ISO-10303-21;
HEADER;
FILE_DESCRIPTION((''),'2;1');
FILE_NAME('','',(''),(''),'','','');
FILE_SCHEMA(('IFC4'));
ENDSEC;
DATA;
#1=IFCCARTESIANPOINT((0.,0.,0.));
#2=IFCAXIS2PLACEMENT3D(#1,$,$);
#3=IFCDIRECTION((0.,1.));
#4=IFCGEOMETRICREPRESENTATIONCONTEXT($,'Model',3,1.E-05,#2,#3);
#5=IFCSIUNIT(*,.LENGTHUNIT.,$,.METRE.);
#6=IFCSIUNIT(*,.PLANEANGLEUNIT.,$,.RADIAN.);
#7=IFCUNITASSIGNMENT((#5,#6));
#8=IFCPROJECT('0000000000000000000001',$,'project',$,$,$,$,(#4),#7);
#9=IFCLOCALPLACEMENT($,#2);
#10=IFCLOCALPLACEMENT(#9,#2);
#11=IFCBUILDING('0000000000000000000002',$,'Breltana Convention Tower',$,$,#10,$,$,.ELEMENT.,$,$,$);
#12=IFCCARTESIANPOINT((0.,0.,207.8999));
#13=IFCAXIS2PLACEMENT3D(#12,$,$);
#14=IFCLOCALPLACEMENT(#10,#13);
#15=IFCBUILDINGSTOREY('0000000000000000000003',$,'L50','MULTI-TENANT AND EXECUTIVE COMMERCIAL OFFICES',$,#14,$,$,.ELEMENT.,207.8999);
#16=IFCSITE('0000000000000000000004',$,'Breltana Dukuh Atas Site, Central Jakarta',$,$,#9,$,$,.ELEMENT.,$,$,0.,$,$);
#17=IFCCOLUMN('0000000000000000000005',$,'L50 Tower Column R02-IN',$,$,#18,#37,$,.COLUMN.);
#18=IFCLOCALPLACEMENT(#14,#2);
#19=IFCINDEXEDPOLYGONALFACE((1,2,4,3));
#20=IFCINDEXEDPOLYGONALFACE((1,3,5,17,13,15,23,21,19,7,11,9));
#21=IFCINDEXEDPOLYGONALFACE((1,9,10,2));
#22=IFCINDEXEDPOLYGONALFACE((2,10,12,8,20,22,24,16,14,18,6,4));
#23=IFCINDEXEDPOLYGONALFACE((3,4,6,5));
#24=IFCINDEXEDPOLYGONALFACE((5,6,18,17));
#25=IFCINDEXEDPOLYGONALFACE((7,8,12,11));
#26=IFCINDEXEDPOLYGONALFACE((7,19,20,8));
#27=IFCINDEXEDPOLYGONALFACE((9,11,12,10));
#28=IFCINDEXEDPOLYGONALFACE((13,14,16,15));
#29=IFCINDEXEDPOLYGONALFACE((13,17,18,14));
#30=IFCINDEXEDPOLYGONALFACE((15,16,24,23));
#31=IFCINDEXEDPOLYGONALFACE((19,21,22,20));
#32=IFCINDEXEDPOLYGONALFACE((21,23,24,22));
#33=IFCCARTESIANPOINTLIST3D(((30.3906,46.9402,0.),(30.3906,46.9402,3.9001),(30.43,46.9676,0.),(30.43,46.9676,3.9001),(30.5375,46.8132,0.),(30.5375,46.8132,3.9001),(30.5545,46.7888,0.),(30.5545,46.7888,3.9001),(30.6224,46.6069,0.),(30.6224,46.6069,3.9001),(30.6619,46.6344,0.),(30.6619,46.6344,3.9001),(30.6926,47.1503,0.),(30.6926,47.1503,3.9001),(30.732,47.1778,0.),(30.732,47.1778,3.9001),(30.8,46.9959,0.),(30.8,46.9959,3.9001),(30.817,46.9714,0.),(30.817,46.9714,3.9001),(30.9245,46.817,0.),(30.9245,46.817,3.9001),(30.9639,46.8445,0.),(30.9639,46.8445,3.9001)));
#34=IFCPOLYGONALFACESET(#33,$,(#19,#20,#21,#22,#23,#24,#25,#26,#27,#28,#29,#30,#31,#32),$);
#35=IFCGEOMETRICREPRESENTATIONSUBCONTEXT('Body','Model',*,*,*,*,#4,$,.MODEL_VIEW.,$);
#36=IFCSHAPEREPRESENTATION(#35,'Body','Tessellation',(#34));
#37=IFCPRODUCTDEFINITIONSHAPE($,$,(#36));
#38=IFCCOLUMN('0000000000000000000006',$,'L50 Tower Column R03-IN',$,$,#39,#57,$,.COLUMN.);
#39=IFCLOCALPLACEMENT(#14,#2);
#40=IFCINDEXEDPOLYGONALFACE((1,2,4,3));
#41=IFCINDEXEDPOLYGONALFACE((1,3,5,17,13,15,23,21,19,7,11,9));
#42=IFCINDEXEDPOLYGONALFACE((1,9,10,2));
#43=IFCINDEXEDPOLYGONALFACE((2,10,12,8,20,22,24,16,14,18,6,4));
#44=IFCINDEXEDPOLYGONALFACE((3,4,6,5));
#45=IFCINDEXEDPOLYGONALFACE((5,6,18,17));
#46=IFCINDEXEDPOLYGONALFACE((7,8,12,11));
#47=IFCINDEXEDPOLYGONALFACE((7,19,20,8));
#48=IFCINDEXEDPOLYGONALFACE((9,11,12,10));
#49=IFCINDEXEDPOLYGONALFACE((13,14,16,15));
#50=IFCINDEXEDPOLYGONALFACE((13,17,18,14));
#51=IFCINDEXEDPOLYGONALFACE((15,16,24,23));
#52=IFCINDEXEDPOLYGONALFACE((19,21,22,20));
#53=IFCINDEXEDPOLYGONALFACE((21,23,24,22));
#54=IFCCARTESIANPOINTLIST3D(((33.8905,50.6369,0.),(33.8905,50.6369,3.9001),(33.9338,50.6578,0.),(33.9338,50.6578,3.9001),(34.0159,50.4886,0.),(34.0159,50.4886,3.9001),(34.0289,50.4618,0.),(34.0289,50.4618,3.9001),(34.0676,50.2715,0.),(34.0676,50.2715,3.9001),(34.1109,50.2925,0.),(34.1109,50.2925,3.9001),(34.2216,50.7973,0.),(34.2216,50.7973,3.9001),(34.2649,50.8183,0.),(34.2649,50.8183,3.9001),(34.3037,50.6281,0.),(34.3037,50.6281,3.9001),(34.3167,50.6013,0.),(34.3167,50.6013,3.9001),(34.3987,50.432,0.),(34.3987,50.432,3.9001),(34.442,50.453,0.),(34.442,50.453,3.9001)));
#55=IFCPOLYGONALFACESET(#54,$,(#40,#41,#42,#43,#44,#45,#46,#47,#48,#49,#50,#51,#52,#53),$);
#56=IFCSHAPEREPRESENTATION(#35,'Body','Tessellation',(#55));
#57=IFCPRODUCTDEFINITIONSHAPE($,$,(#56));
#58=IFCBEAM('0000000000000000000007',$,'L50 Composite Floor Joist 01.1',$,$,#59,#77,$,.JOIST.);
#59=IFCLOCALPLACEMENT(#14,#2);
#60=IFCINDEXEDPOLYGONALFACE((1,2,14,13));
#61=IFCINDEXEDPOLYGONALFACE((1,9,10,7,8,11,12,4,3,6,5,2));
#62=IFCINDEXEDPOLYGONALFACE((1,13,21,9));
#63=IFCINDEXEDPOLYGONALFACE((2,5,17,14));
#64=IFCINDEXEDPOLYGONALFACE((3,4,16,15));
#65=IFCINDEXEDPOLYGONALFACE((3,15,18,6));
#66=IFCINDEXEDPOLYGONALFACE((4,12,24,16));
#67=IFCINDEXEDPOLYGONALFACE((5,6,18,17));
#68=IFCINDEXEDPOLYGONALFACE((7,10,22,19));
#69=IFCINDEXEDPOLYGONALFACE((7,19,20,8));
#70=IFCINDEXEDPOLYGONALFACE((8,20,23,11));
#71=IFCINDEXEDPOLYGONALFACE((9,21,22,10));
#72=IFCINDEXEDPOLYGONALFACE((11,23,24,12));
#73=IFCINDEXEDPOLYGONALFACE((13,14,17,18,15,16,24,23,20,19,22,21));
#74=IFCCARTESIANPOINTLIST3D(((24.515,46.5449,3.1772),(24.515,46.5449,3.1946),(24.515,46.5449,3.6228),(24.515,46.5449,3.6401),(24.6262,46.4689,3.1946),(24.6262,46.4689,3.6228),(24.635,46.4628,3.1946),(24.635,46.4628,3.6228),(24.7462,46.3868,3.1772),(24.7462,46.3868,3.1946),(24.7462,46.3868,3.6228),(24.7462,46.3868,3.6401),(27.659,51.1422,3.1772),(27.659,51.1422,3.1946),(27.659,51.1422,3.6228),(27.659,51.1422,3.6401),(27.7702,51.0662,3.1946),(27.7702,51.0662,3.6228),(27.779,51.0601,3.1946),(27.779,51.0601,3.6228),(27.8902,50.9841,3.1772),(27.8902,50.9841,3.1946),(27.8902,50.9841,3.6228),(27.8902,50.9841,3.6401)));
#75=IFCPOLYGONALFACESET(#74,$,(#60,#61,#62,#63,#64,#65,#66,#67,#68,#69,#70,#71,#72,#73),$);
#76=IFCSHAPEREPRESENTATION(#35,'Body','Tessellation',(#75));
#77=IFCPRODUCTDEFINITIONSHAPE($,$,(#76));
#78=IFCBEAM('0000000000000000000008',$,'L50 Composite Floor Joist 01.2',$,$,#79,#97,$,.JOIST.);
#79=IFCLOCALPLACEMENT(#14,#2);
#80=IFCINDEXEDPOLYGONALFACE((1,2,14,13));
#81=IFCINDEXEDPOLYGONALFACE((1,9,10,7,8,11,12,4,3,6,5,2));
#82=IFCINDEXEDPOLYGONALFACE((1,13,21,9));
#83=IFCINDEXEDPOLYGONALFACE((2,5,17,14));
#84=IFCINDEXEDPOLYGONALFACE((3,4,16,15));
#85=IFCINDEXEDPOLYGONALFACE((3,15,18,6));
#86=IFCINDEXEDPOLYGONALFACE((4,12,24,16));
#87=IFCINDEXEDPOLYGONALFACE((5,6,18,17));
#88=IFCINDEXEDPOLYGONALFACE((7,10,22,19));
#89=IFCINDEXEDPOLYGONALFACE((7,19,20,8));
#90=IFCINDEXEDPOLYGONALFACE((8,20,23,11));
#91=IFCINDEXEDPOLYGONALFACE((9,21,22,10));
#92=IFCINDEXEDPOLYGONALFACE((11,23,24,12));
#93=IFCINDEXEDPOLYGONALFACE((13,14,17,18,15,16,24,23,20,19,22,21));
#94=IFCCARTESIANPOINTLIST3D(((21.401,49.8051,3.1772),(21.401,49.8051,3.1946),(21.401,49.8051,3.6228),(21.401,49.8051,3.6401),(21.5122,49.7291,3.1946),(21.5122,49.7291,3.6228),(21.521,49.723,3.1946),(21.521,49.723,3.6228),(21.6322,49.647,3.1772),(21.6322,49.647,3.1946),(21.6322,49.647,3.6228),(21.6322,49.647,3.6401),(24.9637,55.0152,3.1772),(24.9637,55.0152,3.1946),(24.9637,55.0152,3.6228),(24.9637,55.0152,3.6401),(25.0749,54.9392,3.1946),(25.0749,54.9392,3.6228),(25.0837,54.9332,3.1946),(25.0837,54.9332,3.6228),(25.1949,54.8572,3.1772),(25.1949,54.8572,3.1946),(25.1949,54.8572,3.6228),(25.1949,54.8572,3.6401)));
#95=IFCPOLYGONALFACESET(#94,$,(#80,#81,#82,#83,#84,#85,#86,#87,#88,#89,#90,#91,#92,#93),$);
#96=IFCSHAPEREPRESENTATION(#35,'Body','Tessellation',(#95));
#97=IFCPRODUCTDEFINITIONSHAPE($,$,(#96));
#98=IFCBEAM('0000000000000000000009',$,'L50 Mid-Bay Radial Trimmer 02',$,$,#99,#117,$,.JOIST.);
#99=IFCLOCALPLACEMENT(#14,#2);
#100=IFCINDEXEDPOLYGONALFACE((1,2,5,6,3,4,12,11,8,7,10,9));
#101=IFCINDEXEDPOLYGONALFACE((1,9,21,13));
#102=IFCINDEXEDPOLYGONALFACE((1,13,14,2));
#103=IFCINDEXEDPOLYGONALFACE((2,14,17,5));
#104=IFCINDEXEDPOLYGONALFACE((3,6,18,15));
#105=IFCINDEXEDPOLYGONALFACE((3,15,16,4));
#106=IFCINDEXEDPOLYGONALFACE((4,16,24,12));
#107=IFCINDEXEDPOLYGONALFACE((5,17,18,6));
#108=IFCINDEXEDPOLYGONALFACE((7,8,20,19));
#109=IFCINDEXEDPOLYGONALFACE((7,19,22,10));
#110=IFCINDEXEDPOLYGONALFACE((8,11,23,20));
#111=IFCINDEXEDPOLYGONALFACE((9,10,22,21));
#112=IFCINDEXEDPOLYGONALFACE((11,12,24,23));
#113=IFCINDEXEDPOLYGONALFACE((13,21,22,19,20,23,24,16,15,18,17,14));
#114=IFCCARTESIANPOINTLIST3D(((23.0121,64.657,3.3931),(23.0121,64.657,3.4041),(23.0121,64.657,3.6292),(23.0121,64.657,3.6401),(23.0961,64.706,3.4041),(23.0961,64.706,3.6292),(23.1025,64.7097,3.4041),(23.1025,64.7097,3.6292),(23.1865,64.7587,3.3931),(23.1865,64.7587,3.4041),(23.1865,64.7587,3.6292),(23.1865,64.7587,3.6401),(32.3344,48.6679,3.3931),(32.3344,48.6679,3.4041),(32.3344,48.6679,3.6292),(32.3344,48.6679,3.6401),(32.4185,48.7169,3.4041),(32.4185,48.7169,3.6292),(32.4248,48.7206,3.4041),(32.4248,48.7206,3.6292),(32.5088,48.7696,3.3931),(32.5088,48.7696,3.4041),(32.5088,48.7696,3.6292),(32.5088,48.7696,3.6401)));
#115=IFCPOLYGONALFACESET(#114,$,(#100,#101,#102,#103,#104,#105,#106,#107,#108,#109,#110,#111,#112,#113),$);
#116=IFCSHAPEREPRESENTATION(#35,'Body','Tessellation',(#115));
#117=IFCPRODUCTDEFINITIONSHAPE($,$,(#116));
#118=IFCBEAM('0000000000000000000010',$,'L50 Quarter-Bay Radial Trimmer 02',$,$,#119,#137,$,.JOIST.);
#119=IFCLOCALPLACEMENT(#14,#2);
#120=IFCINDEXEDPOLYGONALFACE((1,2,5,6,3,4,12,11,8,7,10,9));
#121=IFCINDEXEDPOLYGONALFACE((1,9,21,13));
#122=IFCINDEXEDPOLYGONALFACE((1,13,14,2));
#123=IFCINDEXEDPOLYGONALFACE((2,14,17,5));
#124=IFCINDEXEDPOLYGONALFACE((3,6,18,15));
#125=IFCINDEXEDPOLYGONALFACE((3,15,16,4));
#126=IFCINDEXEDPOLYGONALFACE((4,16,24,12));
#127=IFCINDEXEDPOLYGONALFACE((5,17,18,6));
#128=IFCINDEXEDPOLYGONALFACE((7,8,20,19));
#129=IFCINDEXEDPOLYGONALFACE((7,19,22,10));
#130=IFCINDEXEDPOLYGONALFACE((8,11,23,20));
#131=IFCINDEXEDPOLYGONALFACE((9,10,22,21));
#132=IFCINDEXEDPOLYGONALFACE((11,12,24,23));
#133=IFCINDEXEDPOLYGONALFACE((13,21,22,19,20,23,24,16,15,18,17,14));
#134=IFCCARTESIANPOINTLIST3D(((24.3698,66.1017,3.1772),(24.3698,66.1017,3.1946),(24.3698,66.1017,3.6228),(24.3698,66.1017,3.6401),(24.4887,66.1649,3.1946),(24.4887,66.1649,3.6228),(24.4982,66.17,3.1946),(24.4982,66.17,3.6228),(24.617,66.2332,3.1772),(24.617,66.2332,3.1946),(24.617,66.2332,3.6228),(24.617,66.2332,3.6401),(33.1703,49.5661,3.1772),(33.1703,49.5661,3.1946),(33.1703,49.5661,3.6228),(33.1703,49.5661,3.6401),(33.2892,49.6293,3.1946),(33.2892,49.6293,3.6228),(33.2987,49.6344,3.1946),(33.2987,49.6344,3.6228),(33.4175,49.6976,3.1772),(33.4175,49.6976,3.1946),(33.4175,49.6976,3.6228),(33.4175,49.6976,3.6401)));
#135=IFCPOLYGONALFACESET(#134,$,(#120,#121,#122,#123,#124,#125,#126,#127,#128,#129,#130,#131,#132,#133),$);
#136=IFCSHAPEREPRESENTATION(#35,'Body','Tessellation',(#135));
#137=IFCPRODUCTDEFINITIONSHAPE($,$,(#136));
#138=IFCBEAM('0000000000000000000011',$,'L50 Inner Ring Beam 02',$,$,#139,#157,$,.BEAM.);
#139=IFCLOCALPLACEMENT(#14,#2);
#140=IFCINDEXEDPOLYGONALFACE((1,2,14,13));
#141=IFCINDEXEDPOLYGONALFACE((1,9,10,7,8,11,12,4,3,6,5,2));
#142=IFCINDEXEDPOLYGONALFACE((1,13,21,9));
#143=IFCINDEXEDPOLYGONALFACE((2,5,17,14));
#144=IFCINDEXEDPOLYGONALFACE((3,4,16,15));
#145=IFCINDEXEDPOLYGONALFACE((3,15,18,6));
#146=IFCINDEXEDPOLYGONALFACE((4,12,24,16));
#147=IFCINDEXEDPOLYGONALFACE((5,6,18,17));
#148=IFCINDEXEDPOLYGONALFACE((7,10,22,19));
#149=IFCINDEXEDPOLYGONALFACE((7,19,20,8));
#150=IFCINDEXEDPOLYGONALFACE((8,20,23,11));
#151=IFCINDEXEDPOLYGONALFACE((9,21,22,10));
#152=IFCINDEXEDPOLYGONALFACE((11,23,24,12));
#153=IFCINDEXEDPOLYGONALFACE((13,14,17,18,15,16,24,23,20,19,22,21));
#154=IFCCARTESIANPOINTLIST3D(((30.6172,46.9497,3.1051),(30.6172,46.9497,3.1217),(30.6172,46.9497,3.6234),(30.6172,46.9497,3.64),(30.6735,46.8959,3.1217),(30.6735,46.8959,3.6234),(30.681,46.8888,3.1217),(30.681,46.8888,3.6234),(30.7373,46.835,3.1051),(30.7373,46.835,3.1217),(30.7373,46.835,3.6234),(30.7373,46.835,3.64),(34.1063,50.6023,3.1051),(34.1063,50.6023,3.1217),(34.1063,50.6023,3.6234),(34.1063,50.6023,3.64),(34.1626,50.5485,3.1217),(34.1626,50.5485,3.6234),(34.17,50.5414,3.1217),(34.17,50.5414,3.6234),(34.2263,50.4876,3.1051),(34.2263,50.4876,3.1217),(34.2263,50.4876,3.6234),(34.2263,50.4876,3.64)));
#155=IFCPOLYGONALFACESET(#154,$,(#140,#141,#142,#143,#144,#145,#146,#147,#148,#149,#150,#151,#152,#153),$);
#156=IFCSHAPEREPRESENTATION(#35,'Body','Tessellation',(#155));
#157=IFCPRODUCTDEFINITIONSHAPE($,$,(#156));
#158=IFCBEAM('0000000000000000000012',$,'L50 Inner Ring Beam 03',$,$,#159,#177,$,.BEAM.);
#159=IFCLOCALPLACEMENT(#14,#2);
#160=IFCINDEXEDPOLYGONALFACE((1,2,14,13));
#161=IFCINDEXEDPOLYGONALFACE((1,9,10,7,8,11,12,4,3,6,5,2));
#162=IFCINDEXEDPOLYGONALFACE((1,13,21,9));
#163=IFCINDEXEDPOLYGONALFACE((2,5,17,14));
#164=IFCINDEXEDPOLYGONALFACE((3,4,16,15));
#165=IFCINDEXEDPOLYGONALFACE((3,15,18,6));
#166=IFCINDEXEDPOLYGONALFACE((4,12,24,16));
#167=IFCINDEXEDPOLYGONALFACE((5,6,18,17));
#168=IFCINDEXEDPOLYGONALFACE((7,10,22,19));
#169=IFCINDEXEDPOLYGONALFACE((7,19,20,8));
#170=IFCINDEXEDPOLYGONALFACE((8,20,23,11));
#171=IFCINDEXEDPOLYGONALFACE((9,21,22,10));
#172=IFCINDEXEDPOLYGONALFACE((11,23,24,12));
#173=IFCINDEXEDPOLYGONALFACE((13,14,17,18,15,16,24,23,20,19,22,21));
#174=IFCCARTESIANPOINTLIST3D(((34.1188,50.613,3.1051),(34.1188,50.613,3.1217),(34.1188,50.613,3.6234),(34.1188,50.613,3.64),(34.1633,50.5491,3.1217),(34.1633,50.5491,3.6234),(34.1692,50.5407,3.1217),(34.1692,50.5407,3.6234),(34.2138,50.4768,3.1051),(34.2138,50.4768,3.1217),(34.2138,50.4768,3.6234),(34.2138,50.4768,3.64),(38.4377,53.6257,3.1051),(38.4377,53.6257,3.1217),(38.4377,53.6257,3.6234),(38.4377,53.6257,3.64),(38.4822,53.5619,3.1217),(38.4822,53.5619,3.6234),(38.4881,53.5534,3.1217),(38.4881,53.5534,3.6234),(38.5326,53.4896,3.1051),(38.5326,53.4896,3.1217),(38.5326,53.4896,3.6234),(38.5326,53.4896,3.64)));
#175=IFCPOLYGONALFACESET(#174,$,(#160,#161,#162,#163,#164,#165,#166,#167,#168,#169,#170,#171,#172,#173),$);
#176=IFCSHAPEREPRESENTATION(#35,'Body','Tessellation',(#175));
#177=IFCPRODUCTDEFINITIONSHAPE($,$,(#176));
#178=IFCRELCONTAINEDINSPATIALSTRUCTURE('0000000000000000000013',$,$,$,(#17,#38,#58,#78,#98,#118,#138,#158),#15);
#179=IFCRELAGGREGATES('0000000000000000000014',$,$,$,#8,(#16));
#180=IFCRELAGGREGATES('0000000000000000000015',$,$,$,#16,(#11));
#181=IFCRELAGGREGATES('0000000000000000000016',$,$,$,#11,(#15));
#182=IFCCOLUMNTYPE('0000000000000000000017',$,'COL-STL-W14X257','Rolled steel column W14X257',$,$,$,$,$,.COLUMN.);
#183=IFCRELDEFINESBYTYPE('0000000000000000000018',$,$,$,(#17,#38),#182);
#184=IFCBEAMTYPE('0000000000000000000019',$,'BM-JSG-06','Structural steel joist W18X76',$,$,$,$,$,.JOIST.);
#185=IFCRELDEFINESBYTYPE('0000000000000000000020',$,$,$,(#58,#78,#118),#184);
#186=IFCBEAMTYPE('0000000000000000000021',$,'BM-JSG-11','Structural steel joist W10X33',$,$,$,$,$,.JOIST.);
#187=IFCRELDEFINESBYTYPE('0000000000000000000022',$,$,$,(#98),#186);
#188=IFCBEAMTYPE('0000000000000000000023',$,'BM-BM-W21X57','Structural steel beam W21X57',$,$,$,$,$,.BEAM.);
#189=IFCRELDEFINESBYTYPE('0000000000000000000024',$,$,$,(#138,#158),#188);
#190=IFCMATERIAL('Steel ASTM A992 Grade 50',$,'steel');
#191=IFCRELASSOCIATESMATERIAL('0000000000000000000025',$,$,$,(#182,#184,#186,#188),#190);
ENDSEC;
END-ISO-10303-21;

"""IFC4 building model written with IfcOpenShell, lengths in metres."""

from ifc_helpers import new_model, si_unit, direction, frame, origin, origin_2d, place, context, subcontext, project, spatial, i_section, extrude, source, transform, mapped, material, material_profile, profile_set, type_object, type_shapes, element, save


model = new_model("IFC4")

# Units and contexts
model_context = context("Model", 3, precision=1e-05, world=origin(), true_north=direction((0.0, 1.0)))
body_context = subcontext(model_context, "Body", "Model", "MODEL_VIEW")
ifc_project = project(units=[si_unit("LENGTHUNIT", "METRE"), si_unit("PLANEANGLEUNIT", "RADIAN")], contexts=[model_context])

# Site, building, storey
site_placement = place(None, origin())
site = spatial("IfcSite", under=ifc_project, at=site_placement, Name="Breltana Dukuh Atas Site, Central Jakarta", CompositionType="ELEMENT", RefElevation=0.0)
building_placement = place(site_placement, origin())
building = spatial("IfcBuilding", under=site, at=building_placement, Name="Breltana Convention Tower", CompositionType="ELEMENT")
storey_placement = place(building_placement, frame((0.0, 0.0, 207.8999)))
storey = spatial("IfcBuildingStorey", under=building, at=storey_placement, Name="L50", Description="MULTI-TENANT AND EXECUTIVE COMMERCIAL OFFICES", CompositionType="ELEMENT", Elevation=207.8999)

# Columns
ifc_material_1 = material(Name="Steel ASTM A992 Grade 50", Category="steel")
ifc_material_profile_1 = material_profile(ifc_material_1, i_section(OverallWidth=0.406, OverallDepth=0.416, WebThickness=0.0298, FlangeThickness=0.0481, at=origin_2d()), Name="W14X257")
ifc_profile_set_1 = profile_set([ifc_material_profile_1], Name="Steel ASTM A992 Grade 50")
column_type = type_object("IfcColumnType", Name="COL-STL-W14X257", Description="Rolled steel column W14X257", PredefinedType="COLUMN", material=ifc_profile_set_1)
shared_shape_1 = source(origin(), body_context, "Body", "SweptSolid", [
    extrude(i_section(OverallWidth=0.406, OverallDepth=0.416, WebThickness=0.0298, FlangeThickness=0.0481, at=origin_2d()), origin(), (0.0, 0.0, 1.0), 3.9001),
])
for number, where, z_axis, x_axis, name in (
    (1, (30.6772, 46.8923, 0.0), (0.0, 0.0, 1.0), (-0.571143, 0.82085, 0.0), "L50 Tower Column R02-IN"),
    (2, (34.1663, 50.5449, 0.0), (0.0, 0.0, 1.0), (-0.436174, 0.899863, 0.0), "L50 Tower Column R03-IN"),
):
    element("IfcColumn", number, at=place(storey_placement, frame(where, z_axis=z_axis, x_axis=x_axis)), inside=storey, type_object=column_type, Name=name, PredefinedType="COLUMN", context=body_context, shape_type="MappedRepresentation", body=[
        mapped(shared_shape_1, transform((0.0, 0.0, 0.0), scale=1.0)),
    ])

# Beams
ifc_material_profile_2 = material_profile(ifc_material_1, i_section(OverallWidth=0.28, OverallDepth=0.4629, WebThickness=0.0107, FlangeThickness=0.0173, at=origin_2d()), Name="W18X76")
ifc_profile_set_2 = profile_set([ifc_material_profile_2], Name="Steel ASTM A992 Grade 50")
beam_type_1 = type_object("IfcBeamType", Name="BM-JSG-06", Description="Structural steel joist W18X76", PredefinedType="JOIST", material=ifc_profile_set_2)
shared_shape_2 = source(origin(), body_context, "Body", "SweptSolid", [
    extrude(i_section(OverallWidth=0.28, OverallDepth=0.4629, WebThickness=0.0107, FlangeThickness=0.0173, at=origin_2d()), origin(), (0.0, 0.0, 1.0), 5.5696),
])
type_shapes(beam_type_1, [shared_shape_2])
beam_1_placement = place(storey_placement, frame((24.6306, 46.4658, 3.4087), z_axis=(0.564494, 0.825437, 0.0), x_axis=(-0.825437, 0.564494, 0.0)))
element("IfcBeam", 3, at=beam_1_placement, inside=storey, type_object=beam_type_1, Name="L50 Composite Floor Joist 01.1", PredefinedType="JOIST", context=body_context, shape_type="MappedRepresentation", body=[
    mapped(shared_shape_2, transform((0.0, 0.0, 0.0), scale=1.0)),
])
shared_shape_3 = source(origin(), body_context, "Body", "SweptSolid", [
    extrude(i_section(OverallWidth=0.28, OverallDepth=0.4629, WebThickness=0.0107, FlangeThickness=0.0173, at=origin_2d()), origin(), (0.0, 0.0, 1.0), 6.3118),
])
beam_2_placement = place(storey_placement, frame((21.5166, 49.7261, 3.4087), z_axis=(0.564454, 0.825465, 0.0), x_axis=(-0.825465, 0.564454, 0.0)))
element("IfcBeam", 4, at=beam_2_placement, inside=storey, type_object=beam_type_1, Name="L50 Composite Floor Joist 01.2", PredefinedType="JOIST", context=body_context, shape_type="MappedRepresentation", body=[
    mapped(shared_shape_3, transform((0.0, 0.0, 0.0), scale=1.0)),
])
ifc_material_profile_3 = material_profile(ifc_material_1, i_section(OverallWidth=0.2019, OverallDepth=0.2471, WebThickness=0.0073, FlangeThickness=0.011, at=origin_2d()), Name="W10X33")
ifc_profile_set_3 = profile_set([ifc_material_profile_3], Name="Steel ASTM A992 Grade 50")
beam_type_2 = type_object("IfcBeamType", Name="BM-JSG-11", Description="Structural steel joist W10X33", PredefinedType="JOIST", material=ifc_profile_set_3)
shared_shape_4 = source(origin(), body_context, "Body", "SweptSolid", [
    extrude(i_section(OverallWidth=0.2019, OverallDepth=0.2471, WebThickness=0.0073, FlangeThickness=0.011, at=origin_2d()), origin(), (0.0, 0.0, 1.0), 18.5083),
])
beam_3_placement = place(storey_placement, frame((32.4216, 48.7188, 3.5166), z_axis=(-0.503683, 0.863888, 0.0), x_axis=(-0.863888, -0.503683, 0.0)))
element("IfcBeam", 5, at=beam_3_placement, inside=storey, type_object=beam_type_2, Name="L50 Mid-Bay Radial Trimmer 02", PredefinedType="JOIST", context=body_context, shape_type="MappedRepresentation", body=[
    mapped(shared_shape_4, transform((0.0, 0.0, 0.0), scale=1.0)),
])
shared_shape_5 = source(origin(), body_context, "Body", "SweptSolid", [
    extrude(i_section(OverallWidth=0.28, OverallDepth=0.4629, WebThickness=0.0107, FlangeThickness=0.0173, at=origin_2d()), origin(), (0.0, 0.0, 1.0), 18.7317),
])
beam_4_placement = place(storey_placement, frame((33.2939, 49.6318, 3.4087), z_axis=(-0.46982, 0.882762, 0.0), x_axis=(-0.882762, -0.46982, 0.0)))
element("IfcBeam", 6, at=beam_4_placement, inside=storey, type_object=beam_type_1, Name="L50 Quarter-Bay Radial Trimmer 02", PredefinedType="JOIST", context=body_context, shape_type="MappedRepresentation", body=[
    mapped(shared_shape_5, transform((0.0, 0.0, 0.0), scale=1.0)),
])
ifc_material_profile_4 = material_profile(ifc_material_1, i_section(OverallWidth=0.166, OverallDepth=0.5349, WebThickness=0.0103, FlangeThickness=0.0166, at=origin_2d()), Name="W21X57")
ifc_profile_set_4 = profile_set([ifc_material_profile_4], Name="Steel ASTM A992 Grade 50")
beam_type_3 = type_object("IfcBeamType", Name="BM-BM-W21X57", Description="Structural steel beam W21X57", PredefinedType="BEAM", material=ifc_profile_set_4)
shared_shape_6 = source(origin(), body_context, "Body", "SweptSolid", [
    extrude(i_section(OverallWidth=0.166, OverallDepth=0.5349, WebThickness=0.0103, FlangeThickness=0.0166, at=origin_2d()), origin(), (0.0, 0.0, 1.0), 5.0513),
])
beam_5_placement = place(storey_placement, frame((30.6772, 46.8923, 3.3726), z_axis=(0.69073, 0.723113, 0.0), x_axis=(-0.723113, 0.69073, 0.0)))
element("IfcBeam", 7, at=beam_5_placement, inside=storey, type_object=beam_type_3, Name="L50 Inner Ring Beam 02", PredefinedType="BEAM", context=body_context, shape_type="MappedRepresentation", body=[
    mapped(shared_shape_6, transform((0.0, 0.0, 0.0), scale=1.0)),
])
shared_shape_7 = source(origin(), body_context, "Body", "SweptSolid", [
    extrude(i_section(OverallWidth=0.166, OverallDepth=0.5349, WebThickness=0.0103, FlangeThickness=0.0166, at=origin_2d()), origin(), (0.0, 0.0, 1.0), 5.2659),
])
beam_6_placement = place(storey_placement, frame((34.1663, 50.5449, 3.3726), z_axis=(0.820167, 0.572124, 0.0), x_axis=(-0.572124, 0.820167, 0.0)))
element("IfcBeam", 8, at=beam_6_placement, inside=storey, type_object=beam_type_3, Name="L50 Inner Ring Beam 03", PredefinedType="BEAM", context=body_context, shape_type="MappedRepresentation", body=[
    mapped(shared_shape_7, transform((0.0, 0.0, 0.0), scale=1.0)),
])

save(model, "model.ifc")
